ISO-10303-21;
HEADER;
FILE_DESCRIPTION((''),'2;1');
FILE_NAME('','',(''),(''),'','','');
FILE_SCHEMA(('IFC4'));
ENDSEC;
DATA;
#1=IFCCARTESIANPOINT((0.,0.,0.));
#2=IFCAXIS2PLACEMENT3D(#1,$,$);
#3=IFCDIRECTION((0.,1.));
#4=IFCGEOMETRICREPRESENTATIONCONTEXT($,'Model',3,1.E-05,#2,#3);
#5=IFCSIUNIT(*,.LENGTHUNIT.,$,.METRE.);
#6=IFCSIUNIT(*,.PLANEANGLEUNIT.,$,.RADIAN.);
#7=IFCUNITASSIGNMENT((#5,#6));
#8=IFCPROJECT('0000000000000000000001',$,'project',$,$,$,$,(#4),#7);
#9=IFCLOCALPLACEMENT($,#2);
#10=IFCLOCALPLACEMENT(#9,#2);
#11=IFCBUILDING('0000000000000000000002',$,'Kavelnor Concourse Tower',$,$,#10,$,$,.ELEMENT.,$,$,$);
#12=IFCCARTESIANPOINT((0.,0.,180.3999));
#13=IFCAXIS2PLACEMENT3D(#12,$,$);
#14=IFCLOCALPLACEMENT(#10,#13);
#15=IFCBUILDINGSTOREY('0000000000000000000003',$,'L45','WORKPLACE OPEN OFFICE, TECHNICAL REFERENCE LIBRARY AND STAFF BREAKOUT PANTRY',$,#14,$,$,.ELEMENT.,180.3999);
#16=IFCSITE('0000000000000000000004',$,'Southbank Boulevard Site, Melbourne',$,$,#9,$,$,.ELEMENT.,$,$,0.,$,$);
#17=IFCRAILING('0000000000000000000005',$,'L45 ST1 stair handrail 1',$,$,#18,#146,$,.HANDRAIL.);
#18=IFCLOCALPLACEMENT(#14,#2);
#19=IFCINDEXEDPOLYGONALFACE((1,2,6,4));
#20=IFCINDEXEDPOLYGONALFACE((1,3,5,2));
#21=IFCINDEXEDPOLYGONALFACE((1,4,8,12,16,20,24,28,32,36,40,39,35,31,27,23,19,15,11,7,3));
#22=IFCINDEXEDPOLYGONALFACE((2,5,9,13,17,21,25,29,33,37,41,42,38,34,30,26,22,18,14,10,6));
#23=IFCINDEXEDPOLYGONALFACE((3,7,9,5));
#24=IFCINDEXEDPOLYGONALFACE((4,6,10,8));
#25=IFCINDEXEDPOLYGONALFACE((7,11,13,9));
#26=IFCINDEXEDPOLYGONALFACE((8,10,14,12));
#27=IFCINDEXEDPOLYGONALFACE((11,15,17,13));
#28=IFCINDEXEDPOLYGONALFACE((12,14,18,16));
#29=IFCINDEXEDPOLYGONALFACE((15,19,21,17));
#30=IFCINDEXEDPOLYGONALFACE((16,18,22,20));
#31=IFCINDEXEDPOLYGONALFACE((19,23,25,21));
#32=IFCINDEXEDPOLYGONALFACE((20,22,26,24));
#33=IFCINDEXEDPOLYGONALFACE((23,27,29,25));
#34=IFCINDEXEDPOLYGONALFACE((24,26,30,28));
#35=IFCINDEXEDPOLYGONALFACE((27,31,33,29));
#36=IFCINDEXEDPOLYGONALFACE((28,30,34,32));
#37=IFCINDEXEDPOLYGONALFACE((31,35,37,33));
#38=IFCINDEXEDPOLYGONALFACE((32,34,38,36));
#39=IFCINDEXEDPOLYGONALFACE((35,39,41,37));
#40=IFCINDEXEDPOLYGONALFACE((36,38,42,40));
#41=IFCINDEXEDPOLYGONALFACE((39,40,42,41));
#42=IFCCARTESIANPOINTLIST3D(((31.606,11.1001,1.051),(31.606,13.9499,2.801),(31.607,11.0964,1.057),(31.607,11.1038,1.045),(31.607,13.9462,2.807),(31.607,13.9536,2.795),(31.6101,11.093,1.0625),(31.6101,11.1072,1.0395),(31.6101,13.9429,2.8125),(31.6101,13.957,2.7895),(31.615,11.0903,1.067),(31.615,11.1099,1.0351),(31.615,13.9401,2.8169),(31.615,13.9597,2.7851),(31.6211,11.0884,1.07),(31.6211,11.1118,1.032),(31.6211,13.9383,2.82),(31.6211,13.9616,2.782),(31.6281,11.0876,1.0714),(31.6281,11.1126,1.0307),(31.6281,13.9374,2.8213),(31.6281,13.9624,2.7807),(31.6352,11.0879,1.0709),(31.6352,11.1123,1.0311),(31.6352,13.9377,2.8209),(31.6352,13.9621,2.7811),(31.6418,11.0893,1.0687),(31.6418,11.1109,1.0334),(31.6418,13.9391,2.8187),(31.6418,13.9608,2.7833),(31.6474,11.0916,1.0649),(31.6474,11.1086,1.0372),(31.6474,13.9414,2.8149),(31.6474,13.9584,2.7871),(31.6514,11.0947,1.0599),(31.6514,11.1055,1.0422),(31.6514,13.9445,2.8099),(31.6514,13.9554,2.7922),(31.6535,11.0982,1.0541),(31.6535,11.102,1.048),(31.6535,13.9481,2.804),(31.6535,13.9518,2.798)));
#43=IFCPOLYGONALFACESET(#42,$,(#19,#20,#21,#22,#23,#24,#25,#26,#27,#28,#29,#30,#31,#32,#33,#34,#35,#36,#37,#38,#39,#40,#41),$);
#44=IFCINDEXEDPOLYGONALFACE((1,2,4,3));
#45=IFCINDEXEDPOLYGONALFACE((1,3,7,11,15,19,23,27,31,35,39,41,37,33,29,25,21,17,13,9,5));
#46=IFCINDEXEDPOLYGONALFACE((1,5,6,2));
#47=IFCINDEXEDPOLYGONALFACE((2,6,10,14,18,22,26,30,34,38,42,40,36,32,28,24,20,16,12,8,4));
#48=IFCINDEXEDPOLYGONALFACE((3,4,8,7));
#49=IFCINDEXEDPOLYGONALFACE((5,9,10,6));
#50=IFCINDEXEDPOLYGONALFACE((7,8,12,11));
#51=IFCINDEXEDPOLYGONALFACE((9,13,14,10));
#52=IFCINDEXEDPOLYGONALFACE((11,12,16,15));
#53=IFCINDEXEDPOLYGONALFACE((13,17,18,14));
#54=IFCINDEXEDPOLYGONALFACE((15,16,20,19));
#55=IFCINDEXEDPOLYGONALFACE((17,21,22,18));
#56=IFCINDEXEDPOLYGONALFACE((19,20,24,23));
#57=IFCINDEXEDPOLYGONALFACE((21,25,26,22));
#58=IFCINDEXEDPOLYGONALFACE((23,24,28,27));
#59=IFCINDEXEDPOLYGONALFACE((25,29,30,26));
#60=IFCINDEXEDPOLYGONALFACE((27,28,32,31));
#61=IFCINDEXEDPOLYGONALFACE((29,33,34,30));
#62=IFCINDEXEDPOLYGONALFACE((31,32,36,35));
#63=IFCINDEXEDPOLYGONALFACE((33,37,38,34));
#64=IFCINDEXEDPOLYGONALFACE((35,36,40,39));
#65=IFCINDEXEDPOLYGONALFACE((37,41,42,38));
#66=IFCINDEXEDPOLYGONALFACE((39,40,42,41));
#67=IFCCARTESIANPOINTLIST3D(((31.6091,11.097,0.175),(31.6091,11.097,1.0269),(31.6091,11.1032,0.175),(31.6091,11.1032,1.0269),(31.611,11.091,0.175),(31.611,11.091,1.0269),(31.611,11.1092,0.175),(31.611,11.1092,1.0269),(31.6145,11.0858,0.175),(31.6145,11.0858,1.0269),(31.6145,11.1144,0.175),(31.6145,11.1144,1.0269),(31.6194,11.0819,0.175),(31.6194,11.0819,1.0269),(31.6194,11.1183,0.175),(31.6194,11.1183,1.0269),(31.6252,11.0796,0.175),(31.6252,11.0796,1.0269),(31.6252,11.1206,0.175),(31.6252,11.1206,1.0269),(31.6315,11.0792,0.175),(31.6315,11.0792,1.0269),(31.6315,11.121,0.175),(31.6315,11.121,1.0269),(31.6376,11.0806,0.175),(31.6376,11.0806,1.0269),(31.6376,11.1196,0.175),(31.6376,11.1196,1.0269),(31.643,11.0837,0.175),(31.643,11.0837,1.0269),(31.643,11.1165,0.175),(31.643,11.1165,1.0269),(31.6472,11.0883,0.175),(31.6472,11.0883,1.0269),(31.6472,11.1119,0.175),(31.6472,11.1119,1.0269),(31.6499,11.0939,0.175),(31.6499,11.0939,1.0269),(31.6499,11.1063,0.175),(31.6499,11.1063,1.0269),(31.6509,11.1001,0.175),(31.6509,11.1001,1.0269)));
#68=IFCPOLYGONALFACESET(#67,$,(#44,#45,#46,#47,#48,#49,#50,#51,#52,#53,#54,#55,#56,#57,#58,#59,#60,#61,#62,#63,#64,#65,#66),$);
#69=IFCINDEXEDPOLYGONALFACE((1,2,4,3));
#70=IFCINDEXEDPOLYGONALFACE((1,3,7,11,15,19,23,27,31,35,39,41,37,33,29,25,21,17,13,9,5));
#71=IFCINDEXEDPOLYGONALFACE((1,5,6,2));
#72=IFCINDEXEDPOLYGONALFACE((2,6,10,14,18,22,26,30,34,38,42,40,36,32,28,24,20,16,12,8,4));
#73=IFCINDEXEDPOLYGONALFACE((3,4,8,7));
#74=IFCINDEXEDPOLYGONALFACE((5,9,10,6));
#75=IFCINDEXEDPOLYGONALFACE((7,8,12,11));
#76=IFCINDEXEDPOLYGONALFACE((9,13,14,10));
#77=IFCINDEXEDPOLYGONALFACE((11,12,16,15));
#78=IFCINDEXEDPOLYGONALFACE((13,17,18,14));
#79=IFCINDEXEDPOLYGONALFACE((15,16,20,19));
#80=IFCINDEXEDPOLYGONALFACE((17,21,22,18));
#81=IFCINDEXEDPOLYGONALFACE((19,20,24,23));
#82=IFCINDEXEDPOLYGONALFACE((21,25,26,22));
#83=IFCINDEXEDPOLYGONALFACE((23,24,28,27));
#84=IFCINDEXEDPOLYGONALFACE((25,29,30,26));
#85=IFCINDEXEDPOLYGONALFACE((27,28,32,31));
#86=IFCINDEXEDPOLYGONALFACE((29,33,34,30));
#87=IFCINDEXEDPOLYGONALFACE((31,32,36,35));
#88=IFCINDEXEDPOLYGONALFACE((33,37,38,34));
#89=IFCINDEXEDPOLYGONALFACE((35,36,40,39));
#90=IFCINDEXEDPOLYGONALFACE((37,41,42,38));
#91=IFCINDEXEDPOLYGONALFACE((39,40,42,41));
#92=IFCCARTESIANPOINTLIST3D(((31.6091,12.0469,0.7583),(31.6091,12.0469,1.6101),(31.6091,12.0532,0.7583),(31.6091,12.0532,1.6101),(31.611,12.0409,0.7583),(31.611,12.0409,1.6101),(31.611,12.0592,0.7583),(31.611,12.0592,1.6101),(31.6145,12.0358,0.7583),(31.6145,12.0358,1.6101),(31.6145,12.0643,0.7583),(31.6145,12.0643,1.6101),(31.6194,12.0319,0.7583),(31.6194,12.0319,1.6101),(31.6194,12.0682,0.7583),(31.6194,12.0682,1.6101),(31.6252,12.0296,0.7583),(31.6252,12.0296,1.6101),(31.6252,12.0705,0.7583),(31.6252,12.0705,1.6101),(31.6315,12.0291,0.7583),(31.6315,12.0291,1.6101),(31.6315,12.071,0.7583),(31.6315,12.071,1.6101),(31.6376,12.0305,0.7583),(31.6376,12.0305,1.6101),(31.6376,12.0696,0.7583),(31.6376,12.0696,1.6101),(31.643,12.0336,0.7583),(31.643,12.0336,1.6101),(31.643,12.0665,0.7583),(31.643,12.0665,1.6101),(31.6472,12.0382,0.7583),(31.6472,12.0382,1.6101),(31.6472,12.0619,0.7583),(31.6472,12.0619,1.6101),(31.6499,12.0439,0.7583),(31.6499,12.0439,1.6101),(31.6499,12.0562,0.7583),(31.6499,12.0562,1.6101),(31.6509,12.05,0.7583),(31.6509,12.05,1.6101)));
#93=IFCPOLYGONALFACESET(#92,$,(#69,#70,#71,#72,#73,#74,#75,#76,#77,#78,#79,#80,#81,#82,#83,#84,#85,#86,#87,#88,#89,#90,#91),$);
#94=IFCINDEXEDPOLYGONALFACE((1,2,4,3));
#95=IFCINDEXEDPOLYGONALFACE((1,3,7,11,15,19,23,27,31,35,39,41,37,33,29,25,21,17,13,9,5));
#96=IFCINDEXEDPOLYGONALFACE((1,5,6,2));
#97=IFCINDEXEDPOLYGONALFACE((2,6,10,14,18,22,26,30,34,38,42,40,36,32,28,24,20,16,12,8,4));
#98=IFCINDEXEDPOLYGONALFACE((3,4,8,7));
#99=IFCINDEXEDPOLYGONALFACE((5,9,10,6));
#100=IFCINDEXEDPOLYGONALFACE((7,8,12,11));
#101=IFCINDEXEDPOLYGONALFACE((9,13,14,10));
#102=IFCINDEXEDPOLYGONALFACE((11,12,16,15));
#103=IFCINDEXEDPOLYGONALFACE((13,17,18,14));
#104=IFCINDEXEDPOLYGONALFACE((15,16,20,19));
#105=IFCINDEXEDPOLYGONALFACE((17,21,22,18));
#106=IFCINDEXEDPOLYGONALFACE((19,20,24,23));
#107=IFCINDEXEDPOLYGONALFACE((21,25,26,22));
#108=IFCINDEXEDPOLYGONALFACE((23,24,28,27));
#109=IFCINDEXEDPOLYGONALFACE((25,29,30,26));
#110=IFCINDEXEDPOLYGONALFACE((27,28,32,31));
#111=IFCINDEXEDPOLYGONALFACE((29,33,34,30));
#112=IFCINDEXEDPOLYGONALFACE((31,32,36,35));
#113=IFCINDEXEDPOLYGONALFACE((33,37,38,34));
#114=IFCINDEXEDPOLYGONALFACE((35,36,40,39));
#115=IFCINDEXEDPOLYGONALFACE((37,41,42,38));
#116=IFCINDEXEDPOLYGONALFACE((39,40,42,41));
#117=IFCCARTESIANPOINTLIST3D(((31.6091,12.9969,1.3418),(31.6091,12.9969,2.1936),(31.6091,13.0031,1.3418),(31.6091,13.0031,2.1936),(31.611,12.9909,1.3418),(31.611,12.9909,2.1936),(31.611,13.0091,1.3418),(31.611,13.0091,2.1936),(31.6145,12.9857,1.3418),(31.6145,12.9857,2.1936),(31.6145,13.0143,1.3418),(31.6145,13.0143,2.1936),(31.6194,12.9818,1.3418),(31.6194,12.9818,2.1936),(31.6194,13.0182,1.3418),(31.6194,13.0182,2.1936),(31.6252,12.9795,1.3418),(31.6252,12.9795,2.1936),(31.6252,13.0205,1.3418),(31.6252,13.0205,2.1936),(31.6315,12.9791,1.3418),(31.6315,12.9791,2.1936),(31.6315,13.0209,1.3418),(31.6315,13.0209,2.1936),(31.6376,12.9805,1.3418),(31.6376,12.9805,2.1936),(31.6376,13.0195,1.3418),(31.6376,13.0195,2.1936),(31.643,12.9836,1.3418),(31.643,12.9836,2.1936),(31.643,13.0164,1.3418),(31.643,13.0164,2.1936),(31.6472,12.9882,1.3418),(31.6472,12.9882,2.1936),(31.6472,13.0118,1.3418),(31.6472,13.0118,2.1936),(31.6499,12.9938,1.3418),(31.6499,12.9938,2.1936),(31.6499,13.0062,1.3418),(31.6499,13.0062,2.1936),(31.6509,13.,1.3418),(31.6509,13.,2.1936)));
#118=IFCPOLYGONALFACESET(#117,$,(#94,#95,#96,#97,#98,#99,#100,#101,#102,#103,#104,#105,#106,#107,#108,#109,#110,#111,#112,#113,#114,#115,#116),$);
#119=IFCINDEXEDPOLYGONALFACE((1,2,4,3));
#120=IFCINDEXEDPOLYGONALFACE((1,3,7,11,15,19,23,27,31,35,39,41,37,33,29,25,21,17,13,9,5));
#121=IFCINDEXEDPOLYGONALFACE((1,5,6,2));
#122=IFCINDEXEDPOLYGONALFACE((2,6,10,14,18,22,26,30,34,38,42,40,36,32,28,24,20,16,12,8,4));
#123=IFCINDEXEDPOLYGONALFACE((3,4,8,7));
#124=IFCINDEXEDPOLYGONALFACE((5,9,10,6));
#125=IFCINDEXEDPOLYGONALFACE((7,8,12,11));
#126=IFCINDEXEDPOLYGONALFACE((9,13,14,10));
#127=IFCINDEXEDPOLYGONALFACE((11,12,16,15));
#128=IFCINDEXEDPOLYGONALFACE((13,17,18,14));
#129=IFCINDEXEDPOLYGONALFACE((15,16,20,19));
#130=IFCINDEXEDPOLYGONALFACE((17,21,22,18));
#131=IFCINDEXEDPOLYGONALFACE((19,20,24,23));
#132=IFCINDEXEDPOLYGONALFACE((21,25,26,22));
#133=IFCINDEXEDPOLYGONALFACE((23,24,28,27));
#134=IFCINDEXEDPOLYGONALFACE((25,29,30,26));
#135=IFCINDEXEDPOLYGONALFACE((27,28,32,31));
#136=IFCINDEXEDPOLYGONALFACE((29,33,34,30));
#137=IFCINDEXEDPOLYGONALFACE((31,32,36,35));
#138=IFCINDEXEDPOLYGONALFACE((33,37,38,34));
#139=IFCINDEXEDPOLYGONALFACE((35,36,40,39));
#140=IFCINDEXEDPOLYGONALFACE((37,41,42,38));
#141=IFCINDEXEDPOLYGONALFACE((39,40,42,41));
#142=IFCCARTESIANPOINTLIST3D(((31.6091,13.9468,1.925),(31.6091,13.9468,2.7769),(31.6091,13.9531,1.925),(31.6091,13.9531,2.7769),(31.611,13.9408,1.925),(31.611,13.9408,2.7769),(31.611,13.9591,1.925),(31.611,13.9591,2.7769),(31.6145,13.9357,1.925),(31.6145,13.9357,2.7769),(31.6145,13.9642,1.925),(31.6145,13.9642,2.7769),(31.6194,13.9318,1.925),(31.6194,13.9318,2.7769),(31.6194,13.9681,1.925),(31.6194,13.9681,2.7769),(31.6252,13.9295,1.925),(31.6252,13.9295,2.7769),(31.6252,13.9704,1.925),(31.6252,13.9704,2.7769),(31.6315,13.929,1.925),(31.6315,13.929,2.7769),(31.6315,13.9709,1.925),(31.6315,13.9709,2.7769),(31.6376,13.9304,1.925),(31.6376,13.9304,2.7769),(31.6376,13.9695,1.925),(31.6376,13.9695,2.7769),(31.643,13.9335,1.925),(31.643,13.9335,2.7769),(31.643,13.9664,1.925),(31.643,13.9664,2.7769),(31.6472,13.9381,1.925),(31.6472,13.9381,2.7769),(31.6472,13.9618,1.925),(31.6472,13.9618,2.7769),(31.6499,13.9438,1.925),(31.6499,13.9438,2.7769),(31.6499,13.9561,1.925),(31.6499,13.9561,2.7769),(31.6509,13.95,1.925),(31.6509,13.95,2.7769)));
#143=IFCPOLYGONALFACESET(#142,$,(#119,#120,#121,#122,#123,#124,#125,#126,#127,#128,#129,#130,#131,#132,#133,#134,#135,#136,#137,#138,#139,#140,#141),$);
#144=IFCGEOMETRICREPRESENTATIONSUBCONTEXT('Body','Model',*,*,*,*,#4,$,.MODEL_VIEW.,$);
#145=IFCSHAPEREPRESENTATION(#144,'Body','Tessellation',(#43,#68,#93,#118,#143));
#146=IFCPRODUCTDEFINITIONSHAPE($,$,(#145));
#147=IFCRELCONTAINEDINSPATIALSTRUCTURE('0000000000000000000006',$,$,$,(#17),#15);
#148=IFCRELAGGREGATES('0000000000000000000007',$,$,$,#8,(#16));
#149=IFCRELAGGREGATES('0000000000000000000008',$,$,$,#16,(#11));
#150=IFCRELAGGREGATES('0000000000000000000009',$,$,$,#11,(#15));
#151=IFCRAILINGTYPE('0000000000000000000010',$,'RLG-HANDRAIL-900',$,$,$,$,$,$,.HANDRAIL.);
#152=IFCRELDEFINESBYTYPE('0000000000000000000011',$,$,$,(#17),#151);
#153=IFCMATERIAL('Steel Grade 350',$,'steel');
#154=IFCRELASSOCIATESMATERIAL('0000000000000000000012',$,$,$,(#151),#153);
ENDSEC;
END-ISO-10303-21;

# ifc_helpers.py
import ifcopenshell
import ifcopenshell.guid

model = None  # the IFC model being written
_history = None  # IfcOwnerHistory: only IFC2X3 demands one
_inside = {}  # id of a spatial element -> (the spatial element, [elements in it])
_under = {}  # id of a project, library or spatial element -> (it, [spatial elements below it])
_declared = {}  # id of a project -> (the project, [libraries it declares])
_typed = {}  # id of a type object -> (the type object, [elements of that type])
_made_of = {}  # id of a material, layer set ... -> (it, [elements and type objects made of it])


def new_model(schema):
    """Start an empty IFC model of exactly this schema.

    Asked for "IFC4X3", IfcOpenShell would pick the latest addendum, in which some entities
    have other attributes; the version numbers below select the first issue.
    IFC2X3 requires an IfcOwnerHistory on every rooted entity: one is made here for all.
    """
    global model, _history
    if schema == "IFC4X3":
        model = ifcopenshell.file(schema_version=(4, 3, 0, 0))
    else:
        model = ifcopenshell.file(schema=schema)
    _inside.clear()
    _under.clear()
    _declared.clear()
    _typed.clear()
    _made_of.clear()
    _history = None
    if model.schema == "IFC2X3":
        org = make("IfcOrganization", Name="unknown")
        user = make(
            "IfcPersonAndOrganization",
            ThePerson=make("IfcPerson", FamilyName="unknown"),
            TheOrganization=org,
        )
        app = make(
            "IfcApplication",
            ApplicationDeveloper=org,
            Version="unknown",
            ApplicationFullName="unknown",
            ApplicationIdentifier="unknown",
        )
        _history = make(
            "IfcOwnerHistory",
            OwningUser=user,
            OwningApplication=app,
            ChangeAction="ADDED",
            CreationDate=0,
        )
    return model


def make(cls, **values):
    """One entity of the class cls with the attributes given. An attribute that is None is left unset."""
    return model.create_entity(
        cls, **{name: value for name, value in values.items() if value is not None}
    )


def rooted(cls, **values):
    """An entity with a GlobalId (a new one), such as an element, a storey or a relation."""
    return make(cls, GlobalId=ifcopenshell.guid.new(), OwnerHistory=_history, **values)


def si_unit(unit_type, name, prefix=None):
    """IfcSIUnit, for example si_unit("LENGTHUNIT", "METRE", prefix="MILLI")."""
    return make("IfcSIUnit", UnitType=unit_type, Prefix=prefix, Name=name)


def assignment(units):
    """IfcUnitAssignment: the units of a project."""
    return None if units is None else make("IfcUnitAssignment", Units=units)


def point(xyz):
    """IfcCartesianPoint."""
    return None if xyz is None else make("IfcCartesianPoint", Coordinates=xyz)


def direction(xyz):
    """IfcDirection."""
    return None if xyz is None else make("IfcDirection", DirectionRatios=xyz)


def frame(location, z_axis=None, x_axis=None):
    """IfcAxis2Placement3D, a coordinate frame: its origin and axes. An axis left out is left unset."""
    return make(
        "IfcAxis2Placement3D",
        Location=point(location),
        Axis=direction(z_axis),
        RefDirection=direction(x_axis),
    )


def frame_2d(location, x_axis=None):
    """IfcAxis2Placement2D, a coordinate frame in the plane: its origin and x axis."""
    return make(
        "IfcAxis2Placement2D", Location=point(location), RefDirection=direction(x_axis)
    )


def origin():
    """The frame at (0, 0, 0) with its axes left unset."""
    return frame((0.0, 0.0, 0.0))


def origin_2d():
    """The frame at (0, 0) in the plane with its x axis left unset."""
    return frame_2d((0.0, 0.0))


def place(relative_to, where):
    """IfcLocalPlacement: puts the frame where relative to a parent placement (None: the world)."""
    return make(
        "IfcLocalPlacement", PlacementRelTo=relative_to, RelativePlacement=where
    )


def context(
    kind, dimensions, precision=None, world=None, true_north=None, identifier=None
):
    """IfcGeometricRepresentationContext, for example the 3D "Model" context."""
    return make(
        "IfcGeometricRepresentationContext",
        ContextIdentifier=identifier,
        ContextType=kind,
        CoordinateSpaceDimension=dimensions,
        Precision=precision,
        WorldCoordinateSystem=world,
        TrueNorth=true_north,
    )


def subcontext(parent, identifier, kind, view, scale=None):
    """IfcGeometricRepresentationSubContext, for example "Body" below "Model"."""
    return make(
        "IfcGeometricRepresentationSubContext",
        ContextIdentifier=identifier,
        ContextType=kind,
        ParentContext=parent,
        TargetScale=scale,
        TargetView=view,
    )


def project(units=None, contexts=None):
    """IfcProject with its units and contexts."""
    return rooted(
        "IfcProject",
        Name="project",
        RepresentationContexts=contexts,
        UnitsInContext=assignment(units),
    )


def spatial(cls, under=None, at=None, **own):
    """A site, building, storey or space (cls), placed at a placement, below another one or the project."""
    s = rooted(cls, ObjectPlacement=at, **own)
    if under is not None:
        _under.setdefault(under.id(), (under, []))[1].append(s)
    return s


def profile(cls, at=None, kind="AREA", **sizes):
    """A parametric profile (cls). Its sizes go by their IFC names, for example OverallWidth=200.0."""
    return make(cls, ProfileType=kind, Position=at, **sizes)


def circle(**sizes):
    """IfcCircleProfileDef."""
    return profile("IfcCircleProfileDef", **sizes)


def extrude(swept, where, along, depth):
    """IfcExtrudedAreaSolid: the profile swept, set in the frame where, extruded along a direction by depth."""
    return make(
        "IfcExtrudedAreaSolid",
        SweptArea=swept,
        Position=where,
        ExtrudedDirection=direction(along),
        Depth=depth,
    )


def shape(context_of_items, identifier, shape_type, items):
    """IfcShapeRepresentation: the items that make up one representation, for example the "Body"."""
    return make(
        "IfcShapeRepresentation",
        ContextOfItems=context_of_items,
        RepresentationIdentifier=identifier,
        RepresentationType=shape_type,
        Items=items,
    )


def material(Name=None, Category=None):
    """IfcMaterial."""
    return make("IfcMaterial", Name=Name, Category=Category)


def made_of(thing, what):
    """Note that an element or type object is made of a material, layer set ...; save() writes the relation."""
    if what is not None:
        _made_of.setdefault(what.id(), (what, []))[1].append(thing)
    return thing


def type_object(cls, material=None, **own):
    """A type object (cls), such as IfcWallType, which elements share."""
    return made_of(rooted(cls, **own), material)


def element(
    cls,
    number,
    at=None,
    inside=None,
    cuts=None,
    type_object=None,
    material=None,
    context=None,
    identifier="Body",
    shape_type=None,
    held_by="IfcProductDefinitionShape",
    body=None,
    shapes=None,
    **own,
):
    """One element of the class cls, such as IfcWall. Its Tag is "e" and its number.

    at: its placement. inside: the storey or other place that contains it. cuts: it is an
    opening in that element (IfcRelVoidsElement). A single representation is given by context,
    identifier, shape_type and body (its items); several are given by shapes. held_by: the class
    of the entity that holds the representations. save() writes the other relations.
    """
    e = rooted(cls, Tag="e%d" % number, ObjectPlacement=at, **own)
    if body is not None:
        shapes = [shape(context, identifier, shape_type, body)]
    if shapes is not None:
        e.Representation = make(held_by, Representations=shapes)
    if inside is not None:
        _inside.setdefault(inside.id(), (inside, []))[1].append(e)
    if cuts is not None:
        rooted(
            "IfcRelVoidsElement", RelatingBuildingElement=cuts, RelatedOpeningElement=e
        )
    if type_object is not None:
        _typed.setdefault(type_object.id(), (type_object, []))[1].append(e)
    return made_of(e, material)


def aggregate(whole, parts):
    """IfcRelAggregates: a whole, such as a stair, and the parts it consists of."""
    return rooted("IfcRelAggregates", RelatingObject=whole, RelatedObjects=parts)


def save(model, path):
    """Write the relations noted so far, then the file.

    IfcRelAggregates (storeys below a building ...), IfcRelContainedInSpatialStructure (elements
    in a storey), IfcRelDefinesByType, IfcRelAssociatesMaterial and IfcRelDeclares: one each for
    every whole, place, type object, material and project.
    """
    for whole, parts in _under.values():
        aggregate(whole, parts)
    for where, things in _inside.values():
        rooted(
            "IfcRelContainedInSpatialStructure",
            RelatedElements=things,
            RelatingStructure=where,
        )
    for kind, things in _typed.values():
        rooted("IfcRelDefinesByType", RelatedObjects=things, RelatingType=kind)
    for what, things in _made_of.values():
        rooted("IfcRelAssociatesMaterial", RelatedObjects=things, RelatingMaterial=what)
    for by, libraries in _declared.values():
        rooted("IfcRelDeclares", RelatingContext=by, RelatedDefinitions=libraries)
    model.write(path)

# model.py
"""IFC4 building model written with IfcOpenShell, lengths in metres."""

from ifc_helpers import new_model, si_unit, direction, frame, origin, origin_2d, place, context, subcontext, project, spatial, circle, extrude, material, type_object, element, save


model = new_model("IFC4")

# Units and contexts
model_context = context("Model", 3, precision=1e-05, world=origin(), true_north=direction((0.0, 1.0)))
body_context = subcontext(model_context, "Body", "Model", "MODEL_VIEW")
ifc_project = project(units=[si_unit("LENGTHUNIT", "METRE"), si_unit("PLANEANGLEUNIT", "RADIAN")], contexts=[model_context])

# Site, building, storey
site_placement = place(None, origin())
site = spatial("IfcSite", under=ifc_project, at=site_placement, Name="Southbank Boulevard Site, Melbourne", CompositionType="ELEMENT", RefElevation=0.0)
building_placement = place(site_placement, origin())
building = spatial("IfcBuilding", under=site, at=building_placement, Name="Kavelnor Concourse Tower", CompositionType="ELEMENT")
storey_placement = place(building_placement, frame((0.0, 0.0, 180.3999)))
storey = spatial("IfcBuildingStorey", under=building, at=storey_placement, Name="L45", Description="WORKPLACE OPEN OFFICE, TECHNICAL REFERENCE LIBRARY AND STAFF BREAKOUT PANTRY", CompositionType="ELEMENT", Elevation=180.3999)

# Shared definitions
ifc_material_1 = material(Name="Steel Grade 350", Category="steel")

# Railing
railing_type_1 = type_object("IfcRailingType", Name="RLG-HANDRAIL-900", PredefinedType="HANDRAIL", material=ifc_material_1)
railing_1_placement = place(storey_placement, frame((31.6299, 11.1001, 0.175)))
element("IfcRailing", 1, at=railing_1_placement, inside=storey, type_object=railing_type_1, Name="L45 ST1 stair handrail 1", PredefinedType="HANDRAIL", context=body_context, shape_type="SweptSolid", body=[
    extrude(circle(Radius=0.0239, at=origin_2d()), frame((0.0, 0.0, 0.876), z_axis=(0.0, 0.852159, 0.523283), x_axis=(-1.0, 0.0, 0.0)), (0.0, 0.0, 1.0), 3.3442),
    extrude(circle(Radius=0.021, at=origin_2d()), origin(), (0.0, 0.0, 1.0), 0.8518),
    extrude(circle(Radius=0.021, at=origin_2d()), frame((0.0, 0.95, 0.5833)), (0.0, 0.0, 1.0), 0.8518),
    extrude(circle(Radius=0.021, at=origin_2d()), frame((0.0, 1.8999, 1.1667)), (0.0, 0.0, 1.0), 0.8518),
    extrude(circle(Radius=0.021, at=origin_2d()), frame((0.0, 2.8499, 1.75)), (0.0, 0.0, 1.0), 0.8518),
])

save(model, "model.ifc")
